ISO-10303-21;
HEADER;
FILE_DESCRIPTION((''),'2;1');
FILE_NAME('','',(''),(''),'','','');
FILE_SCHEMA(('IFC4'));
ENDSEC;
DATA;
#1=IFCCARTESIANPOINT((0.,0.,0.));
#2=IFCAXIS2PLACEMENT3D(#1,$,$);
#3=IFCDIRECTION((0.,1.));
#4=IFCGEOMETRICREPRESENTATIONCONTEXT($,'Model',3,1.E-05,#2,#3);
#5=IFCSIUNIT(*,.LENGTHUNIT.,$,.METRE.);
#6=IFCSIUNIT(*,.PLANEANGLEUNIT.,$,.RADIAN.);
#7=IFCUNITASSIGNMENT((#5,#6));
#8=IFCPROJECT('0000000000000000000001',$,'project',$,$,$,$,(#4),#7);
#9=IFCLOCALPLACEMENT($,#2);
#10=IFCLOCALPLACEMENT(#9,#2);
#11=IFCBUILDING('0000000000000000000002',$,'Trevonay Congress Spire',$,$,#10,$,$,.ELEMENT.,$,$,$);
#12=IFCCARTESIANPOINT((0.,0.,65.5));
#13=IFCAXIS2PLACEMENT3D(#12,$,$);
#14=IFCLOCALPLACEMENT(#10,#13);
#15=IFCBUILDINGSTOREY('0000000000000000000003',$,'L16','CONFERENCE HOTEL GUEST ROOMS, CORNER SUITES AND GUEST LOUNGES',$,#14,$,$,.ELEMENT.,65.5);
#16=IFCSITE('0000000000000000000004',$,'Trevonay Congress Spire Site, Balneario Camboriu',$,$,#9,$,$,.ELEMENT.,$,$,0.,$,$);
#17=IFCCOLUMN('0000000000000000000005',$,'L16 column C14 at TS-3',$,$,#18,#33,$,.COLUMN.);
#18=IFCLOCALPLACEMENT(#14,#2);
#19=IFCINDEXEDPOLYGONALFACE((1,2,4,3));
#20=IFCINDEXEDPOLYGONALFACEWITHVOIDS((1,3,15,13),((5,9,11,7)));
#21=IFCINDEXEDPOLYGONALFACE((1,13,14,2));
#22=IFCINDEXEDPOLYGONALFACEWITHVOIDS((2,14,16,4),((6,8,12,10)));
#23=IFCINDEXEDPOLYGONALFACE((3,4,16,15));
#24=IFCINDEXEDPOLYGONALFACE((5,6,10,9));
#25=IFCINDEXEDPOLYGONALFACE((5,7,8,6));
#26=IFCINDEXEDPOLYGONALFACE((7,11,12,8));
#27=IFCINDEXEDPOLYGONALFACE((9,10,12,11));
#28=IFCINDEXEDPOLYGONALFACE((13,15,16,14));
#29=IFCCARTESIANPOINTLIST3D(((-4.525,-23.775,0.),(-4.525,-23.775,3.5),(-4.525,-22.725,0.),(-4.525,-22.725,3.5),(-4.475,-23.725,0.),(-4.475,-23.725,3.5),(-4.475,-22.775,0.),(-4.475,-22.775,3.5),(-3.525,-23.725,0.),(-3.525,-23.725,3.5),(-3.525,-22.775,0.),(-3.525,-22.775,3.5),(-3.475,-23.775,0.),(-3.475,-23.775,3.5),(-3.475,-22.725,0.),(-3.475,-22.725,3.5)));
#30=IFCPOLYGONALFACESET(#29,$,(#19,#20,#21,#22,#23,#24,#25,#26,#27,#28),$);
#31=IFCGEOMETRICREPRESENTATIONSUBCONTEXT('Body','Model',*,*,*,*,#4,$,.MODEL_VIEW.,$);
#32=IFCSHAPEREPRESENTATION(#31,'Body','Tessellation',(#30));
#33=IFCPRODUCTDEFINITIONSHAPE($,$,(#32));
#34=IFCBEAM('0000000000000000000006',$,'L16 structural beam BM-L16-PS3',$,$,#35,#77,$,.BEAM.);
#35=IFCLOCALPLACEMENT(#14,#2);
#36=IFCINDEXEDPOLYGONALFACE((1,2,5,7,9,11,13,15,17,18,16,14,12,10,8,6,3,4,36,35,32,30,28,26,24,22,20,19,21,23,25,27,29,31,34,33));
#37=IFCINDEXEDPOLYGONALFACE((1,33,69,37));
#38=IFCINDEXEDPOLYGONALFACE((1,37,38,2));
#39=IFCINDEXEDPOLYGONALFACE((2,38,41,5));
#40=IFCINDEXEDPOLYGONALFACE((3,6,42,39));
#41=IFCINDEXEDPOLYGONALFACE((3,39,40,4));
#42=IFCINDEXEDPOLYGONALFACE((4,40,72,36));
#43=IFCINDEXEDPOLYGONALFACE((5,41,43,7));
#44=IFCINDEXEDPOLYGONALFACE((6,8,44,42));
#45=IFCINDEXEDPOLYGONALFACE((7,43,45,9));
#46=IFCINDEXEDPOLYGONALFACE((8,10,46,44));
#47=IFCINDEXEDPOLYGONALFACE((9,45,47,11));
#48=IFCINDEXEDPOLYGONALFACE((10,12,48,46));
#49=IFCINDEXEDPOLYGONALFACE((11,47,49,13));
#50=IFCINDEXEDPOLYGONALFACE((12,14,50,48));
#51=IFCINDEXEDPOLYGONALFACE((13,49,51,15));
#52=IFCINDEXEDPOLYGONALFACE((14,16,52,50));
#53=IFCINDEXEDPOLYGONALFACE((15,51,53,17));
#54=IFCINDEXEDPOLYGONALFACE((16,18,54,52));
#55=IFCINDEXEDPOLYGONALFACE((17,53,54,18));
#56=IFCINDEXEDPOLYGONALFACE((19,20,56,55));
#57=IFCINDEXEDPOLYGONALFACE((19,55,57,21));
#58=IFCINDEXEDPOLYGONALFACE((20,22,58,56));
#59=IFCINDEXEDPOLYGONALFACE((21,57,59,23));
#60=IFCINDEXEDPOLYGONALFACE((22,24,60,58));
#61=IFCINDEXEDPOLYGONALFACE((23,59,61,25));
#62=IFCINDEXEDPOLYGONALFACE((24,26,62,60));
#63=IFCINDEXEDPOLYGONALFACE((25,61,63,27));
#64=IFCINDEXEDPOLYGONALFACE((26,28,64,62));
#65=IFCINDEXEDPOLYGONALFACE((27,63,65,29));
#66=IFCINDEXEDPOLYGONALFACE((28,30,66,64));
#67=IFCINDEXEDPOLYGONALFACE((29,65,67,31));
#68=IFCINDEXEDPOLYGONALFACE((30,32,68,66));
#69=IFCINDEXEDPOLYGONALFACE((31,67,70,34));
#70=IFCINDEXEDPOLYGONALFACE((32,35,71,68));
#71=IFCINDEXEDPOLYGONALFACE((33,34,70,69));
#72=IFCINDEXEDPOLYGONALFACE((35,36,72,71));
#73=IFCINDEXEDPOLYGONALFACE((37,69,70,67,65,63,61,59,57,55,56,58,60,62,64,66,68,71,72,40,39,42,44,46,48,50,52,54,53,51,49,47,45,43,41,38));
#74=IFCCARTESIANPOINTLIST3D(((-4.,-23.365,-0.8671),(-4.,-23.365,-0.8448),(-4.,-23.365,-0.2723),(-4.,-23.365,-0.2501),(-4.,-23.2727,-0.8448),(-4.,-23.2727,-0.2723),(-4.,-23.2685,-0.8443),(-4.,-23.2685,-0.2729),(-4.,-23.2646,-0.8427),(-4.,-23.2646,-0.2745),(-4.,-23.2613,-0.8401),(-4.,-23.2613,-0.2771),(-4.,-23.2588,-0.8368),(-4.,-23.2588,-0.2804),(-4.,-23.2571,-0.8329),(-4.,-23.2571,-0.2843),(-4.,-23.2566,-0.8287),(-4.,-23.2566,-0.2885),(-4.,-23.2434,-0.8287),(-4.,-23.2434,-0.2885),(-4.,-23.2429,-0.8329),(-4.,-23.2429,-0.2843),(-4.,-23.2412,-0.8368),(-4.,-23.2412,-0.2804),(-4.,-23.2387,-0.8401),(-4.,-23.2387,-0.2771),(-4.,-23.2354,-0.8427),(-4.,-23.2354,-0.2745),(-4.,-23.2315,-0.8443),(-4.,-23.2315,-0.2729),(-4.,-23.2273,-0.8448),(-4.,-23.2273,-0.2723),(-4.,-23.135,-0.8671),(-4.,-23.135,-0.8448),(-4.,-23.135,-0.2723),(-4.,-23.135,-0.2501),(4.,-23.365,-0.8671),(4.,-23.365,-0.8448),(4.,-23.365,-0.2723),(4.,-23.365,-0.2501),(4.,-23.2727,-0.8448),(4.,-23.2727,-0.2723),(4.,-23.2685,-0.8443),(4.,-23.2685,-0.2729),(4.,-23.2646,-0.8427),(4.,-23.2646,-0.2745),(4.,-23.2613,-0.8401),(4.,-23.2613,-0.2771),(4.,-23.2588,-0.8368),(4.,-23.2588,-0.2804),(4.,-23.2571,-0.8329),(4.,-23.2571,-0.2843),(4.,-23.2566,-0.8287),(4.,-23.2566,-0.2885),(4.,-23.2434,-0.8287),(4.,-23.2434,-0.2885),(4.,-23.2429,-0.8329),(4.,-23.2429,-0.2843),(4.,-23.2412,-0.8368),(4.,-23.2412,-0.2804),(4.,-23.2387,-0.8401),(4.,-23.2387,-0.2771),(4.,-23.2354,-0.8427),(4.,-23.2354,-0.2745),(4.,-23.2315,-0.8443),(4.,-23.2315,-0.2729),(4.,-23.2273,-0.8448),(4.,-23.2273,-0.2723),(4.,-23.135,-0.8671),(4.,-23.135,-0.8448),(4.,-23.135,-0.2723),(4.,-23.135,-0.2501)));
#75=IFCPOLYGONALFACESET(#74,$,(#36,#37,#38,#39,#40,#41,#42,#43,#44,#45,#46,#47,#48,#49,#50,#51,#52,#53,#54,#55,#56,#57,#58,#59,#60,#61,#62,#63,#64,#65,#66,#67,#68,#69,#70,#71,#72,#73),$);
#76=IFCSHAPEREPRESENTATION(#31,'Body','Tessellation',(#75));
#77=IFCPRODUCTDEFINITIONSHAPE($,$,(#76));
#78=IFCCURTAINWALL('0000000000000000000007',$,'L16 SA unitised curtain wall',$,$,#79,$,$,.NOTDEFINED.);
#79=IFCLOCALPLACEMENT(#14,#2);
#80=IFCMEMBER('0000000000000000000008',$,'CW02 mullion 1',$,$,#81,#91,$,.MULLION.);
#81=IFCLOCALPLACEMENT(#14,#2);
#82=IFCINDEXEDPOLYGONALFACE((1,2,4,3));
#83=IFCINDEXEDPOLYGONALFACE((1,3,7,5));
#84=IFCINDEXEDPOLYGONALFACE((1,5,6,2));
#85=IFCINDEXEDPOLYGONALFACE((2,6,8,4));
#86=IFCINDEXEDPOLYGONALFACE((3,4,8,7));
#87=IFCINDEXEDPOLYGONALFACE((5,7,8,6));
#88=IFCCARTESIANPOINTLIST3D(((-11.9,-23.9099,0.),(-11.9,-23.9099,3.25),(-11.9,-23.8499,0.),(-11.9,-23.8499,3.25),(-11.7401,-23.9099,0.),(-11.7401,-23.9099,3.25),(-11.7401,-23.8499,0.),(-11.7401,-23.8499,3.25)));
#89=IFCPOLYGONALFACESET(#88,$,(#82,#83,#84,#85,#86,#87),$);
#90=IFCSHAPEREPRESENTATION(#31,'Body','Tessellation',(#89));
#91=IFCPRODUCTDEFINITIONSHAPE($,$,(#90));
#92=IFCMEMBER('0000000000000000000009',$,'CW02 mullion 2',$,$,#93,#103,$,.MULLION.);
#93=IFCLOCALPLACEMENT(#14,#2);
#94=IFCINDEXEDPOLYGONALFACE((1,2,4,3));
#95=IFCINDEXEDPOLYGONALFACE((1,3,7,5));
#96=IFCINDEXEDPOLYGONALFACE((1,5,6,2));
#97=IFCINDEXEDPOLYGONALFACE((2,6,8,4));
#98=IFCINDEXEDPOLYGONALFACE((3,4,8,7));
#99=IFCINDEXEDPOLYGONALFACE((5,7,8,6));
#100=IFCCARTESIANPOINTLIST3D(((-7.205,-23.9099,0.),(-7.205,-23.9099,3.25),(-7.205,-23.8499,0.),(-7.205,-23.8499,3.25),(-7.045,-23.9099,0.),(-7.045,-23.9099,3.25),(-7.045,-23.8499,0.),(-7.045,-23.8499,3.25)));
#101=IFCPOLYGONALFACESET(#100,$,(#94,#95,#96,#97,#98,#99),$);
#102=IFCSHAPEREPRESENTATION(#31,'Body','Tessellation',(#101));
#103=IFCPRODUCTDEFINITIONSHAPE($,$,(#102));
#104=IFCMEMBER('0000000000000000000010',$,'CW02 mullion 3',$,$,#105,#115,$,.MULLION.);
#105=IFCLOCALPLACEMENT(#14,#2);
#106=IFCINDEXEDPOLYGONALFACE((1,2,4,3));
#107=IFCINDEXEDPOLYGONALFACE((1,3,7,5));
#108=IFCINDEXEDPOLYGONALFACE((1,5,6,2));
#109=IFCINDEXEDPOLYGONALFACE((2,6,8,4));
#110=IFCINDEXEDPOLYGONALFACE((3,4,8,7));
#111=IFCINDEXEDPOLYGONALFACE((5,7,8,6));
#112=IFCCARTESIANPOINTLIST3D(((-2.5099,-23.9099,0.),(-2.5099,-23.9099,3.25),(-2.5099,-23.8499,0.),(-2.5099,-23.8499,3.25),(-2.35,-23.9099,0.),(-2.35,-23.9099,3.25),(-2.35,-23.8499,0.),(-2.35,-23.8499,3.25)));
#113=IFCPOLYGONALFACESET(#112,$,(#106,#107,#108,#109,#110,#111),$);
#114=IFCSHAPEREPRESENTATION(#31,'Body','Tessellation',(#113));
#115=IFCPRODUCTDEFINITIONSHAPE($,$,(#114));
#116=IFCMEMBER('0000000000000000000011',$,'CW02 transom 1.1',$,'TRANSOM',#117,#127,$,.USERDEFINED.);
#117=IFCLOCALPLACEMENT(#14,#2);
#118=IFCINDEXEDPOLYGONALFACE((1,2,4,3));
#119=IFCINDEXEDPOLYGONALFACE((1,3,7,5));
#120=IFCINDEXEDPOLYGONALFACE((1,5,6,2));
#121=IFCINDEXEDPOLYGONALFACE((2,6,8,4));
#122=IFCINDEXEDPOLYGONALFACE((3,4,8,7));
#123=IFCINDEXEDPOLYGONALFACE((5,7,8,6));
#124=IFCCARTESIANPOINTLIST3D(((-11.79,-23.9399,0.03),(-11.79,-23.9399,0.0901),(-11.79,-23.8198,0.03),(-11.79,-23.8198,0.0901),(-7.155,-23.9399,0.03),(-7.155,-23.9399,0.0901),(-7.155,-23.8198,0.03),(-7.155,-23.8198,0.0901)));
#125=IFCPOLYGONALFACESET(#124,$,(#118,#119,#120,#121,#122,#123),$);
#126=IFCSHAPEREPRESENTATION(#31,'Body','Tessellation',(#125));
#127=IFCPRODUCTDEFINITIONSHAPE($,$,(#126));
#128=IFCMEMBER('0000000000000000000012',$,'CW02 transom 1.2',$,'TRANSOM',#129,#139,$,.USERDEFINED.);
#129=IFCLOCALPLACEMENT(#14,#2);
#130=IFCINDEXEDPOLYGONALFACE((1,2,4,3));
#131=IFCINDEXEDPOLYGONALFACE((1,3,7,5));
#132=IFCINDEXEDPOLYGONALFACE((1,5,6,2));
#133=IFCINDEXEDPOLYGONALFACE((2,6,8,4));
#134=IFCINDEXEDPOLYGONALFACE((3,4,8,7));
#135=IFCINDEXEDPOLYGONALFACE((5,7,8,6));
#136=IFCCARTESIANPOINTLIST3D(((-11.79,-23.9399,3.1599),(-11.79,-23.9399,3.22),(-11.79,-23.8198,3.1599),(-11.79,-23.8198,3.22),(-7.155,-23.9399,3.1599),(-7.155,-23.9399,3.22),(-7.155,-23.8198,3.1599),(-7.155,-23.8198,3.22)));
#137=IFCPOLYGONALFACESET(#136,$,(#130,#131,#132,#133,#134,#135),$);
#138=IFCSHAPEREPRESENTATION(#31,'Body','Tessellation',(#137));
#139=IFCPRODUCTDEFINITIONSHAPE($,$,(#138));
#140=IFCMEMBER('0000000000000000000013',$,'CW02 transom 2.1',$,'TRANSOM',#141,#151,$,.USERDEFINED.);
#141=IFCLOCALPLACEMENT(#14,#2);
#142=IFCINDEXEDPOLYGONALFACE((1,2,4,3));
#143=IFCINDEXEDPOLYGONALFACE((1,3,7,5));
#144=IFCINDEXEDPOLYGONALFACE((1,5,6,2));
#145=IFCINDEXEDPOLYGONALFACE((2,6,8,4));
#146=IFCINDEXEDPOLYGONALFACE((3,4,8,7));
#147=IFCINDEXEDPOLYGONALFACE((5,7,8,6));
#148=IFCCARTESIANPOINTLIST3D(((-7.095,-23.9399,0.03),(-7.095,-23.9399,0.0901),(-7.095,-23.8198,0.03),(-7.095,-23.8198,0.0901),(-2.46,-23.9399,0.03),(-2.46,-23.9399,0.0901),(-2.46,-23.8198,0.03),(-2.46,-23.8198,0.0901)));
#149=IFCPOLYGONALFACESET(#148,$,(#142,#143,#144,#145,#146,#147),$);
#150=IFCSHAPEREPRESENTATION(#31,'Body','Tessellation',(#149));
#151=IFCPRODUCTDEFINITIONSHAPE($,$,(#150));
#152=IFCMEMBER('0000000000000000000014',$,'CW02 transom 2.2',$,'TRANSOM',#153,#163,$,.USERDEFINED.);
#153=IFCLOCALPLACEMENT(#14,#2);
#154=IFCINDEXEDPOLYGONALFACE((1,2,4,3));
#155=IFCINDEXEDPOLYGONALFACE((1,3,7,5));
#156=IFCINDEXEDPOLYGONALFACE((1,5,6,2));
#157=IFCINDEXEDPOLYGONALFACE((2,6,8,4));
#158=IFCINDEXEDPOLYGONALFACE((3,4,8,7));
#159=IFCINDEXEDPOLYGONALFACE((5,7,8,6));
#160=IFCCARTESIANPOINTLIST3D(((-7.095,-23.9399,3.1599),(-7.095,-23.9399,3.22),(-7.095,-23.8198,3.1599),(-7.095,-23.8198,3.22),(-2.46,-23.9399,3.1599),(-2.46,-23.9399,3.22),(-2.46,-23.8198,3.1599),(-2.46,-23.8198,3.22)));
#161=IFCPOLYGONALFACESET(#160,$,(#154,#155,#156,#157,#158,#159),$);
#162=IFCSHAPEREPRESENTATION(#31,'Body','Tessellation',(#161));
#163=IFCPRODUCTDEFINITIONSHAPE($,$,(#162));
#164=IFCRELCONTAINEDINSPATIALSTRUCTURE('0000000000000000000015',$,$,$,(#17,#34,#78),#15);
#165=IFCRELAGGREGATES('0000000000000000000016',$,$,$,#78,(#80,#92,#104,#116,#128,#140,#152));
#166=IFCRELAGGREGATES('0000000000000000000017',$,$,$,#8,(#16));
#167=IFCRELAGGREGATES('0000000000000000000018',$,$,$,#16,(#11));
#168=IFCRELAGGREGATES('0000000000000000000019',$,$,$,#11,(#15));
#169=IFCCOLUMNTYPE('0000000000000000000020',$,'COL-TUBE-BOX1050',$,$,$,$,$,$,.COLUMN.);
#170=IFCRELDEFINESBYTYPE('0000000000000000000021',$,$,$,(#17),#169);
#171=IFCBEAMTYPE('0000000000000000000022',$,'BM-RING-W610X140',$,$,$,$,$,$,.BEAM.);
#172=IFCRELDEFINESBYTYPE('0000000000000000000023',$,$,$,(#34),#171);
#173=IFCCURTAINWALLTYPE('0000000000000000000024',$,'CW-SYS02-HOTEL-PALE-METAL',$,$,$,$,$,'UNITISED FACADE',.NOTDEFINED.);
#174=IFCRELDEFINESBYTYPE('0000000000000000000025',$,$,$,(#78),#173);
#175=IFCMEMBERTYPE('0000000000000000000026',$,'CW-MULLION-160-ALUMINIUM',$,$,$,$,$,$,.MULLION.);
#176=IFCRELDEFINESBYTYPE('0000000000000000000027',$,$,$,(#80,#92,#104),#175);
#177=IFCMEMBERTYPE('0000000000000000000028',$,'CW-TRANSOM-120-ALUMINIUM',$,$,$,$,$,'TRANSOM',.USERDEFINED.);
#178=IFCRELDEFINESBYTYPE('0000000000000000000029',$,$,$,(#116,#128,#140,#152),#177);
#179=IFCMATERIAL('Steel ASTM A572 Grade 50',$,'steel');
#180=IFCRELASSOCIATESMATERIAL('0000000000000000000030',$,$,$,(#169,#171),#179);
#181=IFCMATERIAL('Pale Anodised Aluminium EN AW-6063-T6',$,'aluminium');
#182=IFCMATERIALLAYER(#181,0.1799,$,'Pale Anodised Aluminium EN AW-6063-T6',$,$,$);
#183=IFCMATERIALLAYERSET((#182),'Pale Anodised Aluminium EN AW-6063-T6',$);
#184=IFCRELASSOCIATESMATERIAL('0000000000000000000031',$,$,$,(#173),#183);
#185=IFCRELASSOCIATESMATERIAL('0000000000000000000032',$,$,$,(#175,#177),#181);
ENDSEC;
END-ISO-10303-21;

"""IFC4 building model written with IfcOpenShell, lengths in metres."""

from ifc_helpers import new_model, si_unit, direction, frame, origin, origin_2d, place, context, subcontext, project, spatial, rectangle, hollow_rectangle, i_section, extrude, material, layer, layer_set, material_profile, profile_set, type_object, element, aggregate, save


model = new_model("IFC4")

# Units and contexts
model_context = context("Model", 3, precision=1e-05, world=origin(), true_north=direction((0.0, 1.0)))
body_context = subcontext(model_context, "Body", "Model", "MODEL_VIEW")
ifc_project = project(units=[si_unit("LENGTHUNIT", "METRE"), si_unit("PLANEANGLEUNIT", "RADIAN")], contexts=[model_context])

# Site, building, storey
site_placement = place(None, origin())
site = spatial("IfcSite", under=ifc_project, at=site_placement, Name="Trevonay Congress Spire Site, Balneario Camboriu", CompositionType="ELEMENT", RefElevation=0.0)
building_placement = place(site_placement, origin())
building = spatial("IfcBuilding", under=site, at=building_placement, Name="Trevonay Congress Spire", CompositionType="ELEMENT")
storey_placement = place(building_placement, frame((0.0, 0.0, 65.5)))
storey = spatial("IfcBuildingStorey", under=building, at=storey_placement, Name="L16", Description="CONFERENCE HOTEL GUEST ROOMS, CORNER SUITES AND GUEST LOUNGES", CompositionType="ELEMENT", Elevation=65.5)

# Column
ifc_material_1 = material(Name="Steel ASTM A572 Grade 50", Category="steel")
ifc_material_profile_1 = material_profile(ifc_material_1, hollow_rectangle(XDim=1.05, YDim=1.05, WallThickness=0.05, at=origin_2d()), Name="BOX 1050x1050x50")
ifc_profile_set_1 = profile_set([ifc_material_profile_1], Name="Steel ASTM A572 Grade 50")
column_type = type_object("IfcColumnType", Name="COL-TUBE-BOX1050", PredefinedType="COLUMN", material=ifc_profile_set_1)
column_placement = place(storey_placement, frame((-4.0, -23.25, 0.0), z_axis=(0.0, 0.0, 1.0), x_axis=(1.0, 0.0, 0.0)))
element("IfcColumn", 1, at=column_placement, inside=storey, type_object=column_type, Name="L16 column C14 at TS-3", PredefinedType="COLUMN", context=body_context, shape_type="SweptSolid", body=[
    extrude(hollow_rectangle(XDim=1.05, YDim=1.05, WallThickness=0.05, at=origin_2d()), origin(), (0.0, 0.0, 1.0), 3.5),
])

# Beam
ifc_material_profile_2 = material_profile(ifc_material_1, i_section(OverallWidth=0.23, OverallDepth=0.6169, WebThickness=0.0132, FlangeThickness=0.0222, FilletRadius=0.0161, at=origin_2d()), Name="W610x140")
ifc_profile_set_2 = profile_set([ifc_material_profile_2], Name="Steel ASTM A572 Grade 50")
beam_type_1 = type_object("IfcBeamType", Name="BM-RING-W610X140", PredefinedType="BEAM", material=ifc_profile_set_2)
beam_placement = place(storey_placement, frame((-4.0, -23.25, -0.5586), z_axis=(1.0, 0.0, 0.0), x_axis=(0.0, 1.0, 0.0)))
element("IfcBeam", 2, at=beam_placement, inside=storey, type_object=beam_type_1, Name="L16 structural beam BM-L16-PS3", PredefinedType="BEAM", context=body_context, shape_type="SweptSolid", body=[
    extrude(i_section(OverallWidth=0.23, OverallDepth=0.6169, WebThickness=0.0132, FlangeThickness=0.0222, FilletRadius=0.0161, at=origin_2d()), origin(), (0.0, 0.0, 1.0), 8.0),
])

# Curtain wall, members
ifc_material_2 = material(Name="Pale Anodised Aluminium EN AW-6063-T6", Category="aluminium")
ifc_layer_1 = layer(ifc_material_2, 0.1799, Name="Pale Anodised Aluminium EN AW-6063-T6")
ifc_layer_set_1 = layer_set([ifc_layer_1], Name="Pale Anodised Aluminium EN AW-6063-T6")
curtain_wall_type = type_object("IfcCurtainWallType", Name="CW-SYS02-HOTEL-PALE-METAL", ElementType="UNITISED FACADE", PredefinedType="NOTDEFINED", material=ifc_layer_set_1)
curtain_wall_placement = place(storey_placement, origin())
curtain_wall = element("IfcCurtainWall", 3, at=curtain_wall_placement, inside=storey, type_object=curtain_wall_type, Name="L16 SA unitised curtain wall", PredefinedType="NOTDEFINED")
ifc_material_profile_3 = material_profile(ifc_material_2, rectangle(XDim=0.0601, YDim=0.1599, at=origin_2d()), Name="CW-MULLION-160-ALUMINIUM")
ifc_profile_set_3 = profile_set([ifc_material_profile_3], Name="Pale Anodised Aluminium EN AW-6063-T6")
member_type_1 = type_object("IfcMemberType", Name="CW-MULLION-160-ALUMINIUM", PredefinedType="MULLION", material=ifc_profile_set_3)
member_1_placement = place(storey_placement, frame((-11.8201, -23.8799, 0.0), z_axis=(0.0, 0.0, 1.0), x_axis=(0.0, 1.0, 0.0)))
member_1 = element("IfcMember", 4, at=member_1_placement, type_object=member_type_1, Name="CW02 mullion 1", PredefinedType="MULLION", context=body_context, shape_type="SweptSolid", body=[
    extrude(rectangle(XDim=0.0601, YDim=0.1599, at=origin_2d()), origin(), (0.0, 0.0, 1.0), 3.25),
])
member_2_placement = place(storey_placement, frame((-7.125, -23.8799, 0.0), z_axis=(0.0, 0.0, 1.0), x_axis=(0.0, 1.0, 0.0)))
member_2 = element("IfcMember", 5, at=member_2_placement, type_object=member_type_1, Name="CW02 mullion 2", PredefinedType="MULLION", context=body_context, shape_type="SweptSolid", body=[
    extrude(rectangle(XDim=0.0601, YDim=0.1599, at=origin_2d()), origin(), (0.0, 0.0, 1.0), 3.25),
])
member_3_placement = place(storey_placement, frame((-2.4299, -23.8799, 0.0), z_axis=(0.0, 0.0, 1.0), x_axis=(0.0, 1.0, 0.0)))
member_3 = element("IfcMember", 6, at=member_3_placement, type_object=member_type_1, Name="CW02 mullion 3", PredefinedType="MULLION", context=body_context, shape_type="SweptSolid", body=[
    extrude(rectangle(XDim=0.0601, YDim=0.1599, at=origin_2d()), origin(), (0.0, 0.0, 1.0), 3.25),
])
ifc_material_profile_4 = material_profile(ifc_material_2, rectangle(XDim=0.1201, YDim=0.0601, at=origin_2d()), Name="CW-TRANSOM-120-ALUMINIUM")
ifc_profile_set_4 = profile_set([ifc_material_profile_4], Name="Pale Anodised Aluminium EN AW-6063-T6")
member_type_2 = type_object("IfcMemberType", Name="CW-TRANSOM-120-ALUMINIUM", ElementType="TRANSOM", PredefinedType="USERDEFINED", material=ifc_profile_set_4)
member_4_placement = place(storey_placement, frame((-11.79, -23.8799, 0.0601), z_axis=(1.0, 0.0, 0.0), x_axis=(0.0, 1.0, 0.0)))
member_4 = element("IfcMember", 7, at=member_4_placement, type_object=member_type_2, Name="CW02 transom 1.1", ObjectType="TRANSOM", PredefinedType="USERDEFINED", context=body_context, shape_type="SweptSolid", body=[
    extrude(rectangle(XDim=0.1201, YDim=0.0601, at=origin_2d()), origin(), (0.0, 0.0, 1.0), 4.635),
])
member_5_placement = place(storey_placement, frame((-11.79, -23.8799, 3.1899), z_axis=(1.0, 0.0, 0.0), x_axis=(0.0, 1.0, 0.0)))
member_5 = element("IfcMember", 8, at=member_5_placement, type_object=member_type_2, Name="CW02 transom 1.2", ObjectType="TRANSOM", PredefinedType="USERDEFINED", context=body_context, shape_type="SweptSolid", body=[
    extrude(rectangle(XDim=0.1201, YDim=0.0601, at=origin_2d()), origin(), (0.0, 0.0, 1.0), 4.635),
])
member_6_placement = place(storey_placement, frame((-7.095, -23.8799, 0.0601), z_axis=(1.0, 0.0, 0.0), x_axis=(0.0, 1.0, 0.0)))
member_6 = element("IfcMember", 9, at=member_6_placement, type_object=member_type_2, Name="CW02 transom 2.1", ObjectType="TRANSOM", PredefinedType="USERDEFINED", context=body_context, shape_type="SweptSolid", body=[
    extrude(rectangle(XDim=0.1201, YDim=0.0601, at=origin_2d()), origin(), (0.0, 0.0, 1.0), 4.635),
])
member_7_placement = place(storey_placement, frame((-7.095, -23.8799, 3.1899), z_axis=(1.0, 0.0, 0.0), x_axis=(0.0, 1.0, 0.0)))
member_7 = element("IfcMember", 10, at=member_7_placement, type_object=member_type_2, Name="CW02 transom 2.2", ObjectType="TRANSOM", PredefinedType="USERDEFINED", context=body_context, shape_type="SweptSolid", body=[
    extrude(rectangle(XDim=0.1201, YDim=0.0601, at=origin_2d()), origin(), (0.0, 0.0, 1.0), 4.635),
])

aggregate(curtain_wall, [member_1, member_2, member_3, member_4, member_5, member_6, member_7])

save(model, "model.ifc")
